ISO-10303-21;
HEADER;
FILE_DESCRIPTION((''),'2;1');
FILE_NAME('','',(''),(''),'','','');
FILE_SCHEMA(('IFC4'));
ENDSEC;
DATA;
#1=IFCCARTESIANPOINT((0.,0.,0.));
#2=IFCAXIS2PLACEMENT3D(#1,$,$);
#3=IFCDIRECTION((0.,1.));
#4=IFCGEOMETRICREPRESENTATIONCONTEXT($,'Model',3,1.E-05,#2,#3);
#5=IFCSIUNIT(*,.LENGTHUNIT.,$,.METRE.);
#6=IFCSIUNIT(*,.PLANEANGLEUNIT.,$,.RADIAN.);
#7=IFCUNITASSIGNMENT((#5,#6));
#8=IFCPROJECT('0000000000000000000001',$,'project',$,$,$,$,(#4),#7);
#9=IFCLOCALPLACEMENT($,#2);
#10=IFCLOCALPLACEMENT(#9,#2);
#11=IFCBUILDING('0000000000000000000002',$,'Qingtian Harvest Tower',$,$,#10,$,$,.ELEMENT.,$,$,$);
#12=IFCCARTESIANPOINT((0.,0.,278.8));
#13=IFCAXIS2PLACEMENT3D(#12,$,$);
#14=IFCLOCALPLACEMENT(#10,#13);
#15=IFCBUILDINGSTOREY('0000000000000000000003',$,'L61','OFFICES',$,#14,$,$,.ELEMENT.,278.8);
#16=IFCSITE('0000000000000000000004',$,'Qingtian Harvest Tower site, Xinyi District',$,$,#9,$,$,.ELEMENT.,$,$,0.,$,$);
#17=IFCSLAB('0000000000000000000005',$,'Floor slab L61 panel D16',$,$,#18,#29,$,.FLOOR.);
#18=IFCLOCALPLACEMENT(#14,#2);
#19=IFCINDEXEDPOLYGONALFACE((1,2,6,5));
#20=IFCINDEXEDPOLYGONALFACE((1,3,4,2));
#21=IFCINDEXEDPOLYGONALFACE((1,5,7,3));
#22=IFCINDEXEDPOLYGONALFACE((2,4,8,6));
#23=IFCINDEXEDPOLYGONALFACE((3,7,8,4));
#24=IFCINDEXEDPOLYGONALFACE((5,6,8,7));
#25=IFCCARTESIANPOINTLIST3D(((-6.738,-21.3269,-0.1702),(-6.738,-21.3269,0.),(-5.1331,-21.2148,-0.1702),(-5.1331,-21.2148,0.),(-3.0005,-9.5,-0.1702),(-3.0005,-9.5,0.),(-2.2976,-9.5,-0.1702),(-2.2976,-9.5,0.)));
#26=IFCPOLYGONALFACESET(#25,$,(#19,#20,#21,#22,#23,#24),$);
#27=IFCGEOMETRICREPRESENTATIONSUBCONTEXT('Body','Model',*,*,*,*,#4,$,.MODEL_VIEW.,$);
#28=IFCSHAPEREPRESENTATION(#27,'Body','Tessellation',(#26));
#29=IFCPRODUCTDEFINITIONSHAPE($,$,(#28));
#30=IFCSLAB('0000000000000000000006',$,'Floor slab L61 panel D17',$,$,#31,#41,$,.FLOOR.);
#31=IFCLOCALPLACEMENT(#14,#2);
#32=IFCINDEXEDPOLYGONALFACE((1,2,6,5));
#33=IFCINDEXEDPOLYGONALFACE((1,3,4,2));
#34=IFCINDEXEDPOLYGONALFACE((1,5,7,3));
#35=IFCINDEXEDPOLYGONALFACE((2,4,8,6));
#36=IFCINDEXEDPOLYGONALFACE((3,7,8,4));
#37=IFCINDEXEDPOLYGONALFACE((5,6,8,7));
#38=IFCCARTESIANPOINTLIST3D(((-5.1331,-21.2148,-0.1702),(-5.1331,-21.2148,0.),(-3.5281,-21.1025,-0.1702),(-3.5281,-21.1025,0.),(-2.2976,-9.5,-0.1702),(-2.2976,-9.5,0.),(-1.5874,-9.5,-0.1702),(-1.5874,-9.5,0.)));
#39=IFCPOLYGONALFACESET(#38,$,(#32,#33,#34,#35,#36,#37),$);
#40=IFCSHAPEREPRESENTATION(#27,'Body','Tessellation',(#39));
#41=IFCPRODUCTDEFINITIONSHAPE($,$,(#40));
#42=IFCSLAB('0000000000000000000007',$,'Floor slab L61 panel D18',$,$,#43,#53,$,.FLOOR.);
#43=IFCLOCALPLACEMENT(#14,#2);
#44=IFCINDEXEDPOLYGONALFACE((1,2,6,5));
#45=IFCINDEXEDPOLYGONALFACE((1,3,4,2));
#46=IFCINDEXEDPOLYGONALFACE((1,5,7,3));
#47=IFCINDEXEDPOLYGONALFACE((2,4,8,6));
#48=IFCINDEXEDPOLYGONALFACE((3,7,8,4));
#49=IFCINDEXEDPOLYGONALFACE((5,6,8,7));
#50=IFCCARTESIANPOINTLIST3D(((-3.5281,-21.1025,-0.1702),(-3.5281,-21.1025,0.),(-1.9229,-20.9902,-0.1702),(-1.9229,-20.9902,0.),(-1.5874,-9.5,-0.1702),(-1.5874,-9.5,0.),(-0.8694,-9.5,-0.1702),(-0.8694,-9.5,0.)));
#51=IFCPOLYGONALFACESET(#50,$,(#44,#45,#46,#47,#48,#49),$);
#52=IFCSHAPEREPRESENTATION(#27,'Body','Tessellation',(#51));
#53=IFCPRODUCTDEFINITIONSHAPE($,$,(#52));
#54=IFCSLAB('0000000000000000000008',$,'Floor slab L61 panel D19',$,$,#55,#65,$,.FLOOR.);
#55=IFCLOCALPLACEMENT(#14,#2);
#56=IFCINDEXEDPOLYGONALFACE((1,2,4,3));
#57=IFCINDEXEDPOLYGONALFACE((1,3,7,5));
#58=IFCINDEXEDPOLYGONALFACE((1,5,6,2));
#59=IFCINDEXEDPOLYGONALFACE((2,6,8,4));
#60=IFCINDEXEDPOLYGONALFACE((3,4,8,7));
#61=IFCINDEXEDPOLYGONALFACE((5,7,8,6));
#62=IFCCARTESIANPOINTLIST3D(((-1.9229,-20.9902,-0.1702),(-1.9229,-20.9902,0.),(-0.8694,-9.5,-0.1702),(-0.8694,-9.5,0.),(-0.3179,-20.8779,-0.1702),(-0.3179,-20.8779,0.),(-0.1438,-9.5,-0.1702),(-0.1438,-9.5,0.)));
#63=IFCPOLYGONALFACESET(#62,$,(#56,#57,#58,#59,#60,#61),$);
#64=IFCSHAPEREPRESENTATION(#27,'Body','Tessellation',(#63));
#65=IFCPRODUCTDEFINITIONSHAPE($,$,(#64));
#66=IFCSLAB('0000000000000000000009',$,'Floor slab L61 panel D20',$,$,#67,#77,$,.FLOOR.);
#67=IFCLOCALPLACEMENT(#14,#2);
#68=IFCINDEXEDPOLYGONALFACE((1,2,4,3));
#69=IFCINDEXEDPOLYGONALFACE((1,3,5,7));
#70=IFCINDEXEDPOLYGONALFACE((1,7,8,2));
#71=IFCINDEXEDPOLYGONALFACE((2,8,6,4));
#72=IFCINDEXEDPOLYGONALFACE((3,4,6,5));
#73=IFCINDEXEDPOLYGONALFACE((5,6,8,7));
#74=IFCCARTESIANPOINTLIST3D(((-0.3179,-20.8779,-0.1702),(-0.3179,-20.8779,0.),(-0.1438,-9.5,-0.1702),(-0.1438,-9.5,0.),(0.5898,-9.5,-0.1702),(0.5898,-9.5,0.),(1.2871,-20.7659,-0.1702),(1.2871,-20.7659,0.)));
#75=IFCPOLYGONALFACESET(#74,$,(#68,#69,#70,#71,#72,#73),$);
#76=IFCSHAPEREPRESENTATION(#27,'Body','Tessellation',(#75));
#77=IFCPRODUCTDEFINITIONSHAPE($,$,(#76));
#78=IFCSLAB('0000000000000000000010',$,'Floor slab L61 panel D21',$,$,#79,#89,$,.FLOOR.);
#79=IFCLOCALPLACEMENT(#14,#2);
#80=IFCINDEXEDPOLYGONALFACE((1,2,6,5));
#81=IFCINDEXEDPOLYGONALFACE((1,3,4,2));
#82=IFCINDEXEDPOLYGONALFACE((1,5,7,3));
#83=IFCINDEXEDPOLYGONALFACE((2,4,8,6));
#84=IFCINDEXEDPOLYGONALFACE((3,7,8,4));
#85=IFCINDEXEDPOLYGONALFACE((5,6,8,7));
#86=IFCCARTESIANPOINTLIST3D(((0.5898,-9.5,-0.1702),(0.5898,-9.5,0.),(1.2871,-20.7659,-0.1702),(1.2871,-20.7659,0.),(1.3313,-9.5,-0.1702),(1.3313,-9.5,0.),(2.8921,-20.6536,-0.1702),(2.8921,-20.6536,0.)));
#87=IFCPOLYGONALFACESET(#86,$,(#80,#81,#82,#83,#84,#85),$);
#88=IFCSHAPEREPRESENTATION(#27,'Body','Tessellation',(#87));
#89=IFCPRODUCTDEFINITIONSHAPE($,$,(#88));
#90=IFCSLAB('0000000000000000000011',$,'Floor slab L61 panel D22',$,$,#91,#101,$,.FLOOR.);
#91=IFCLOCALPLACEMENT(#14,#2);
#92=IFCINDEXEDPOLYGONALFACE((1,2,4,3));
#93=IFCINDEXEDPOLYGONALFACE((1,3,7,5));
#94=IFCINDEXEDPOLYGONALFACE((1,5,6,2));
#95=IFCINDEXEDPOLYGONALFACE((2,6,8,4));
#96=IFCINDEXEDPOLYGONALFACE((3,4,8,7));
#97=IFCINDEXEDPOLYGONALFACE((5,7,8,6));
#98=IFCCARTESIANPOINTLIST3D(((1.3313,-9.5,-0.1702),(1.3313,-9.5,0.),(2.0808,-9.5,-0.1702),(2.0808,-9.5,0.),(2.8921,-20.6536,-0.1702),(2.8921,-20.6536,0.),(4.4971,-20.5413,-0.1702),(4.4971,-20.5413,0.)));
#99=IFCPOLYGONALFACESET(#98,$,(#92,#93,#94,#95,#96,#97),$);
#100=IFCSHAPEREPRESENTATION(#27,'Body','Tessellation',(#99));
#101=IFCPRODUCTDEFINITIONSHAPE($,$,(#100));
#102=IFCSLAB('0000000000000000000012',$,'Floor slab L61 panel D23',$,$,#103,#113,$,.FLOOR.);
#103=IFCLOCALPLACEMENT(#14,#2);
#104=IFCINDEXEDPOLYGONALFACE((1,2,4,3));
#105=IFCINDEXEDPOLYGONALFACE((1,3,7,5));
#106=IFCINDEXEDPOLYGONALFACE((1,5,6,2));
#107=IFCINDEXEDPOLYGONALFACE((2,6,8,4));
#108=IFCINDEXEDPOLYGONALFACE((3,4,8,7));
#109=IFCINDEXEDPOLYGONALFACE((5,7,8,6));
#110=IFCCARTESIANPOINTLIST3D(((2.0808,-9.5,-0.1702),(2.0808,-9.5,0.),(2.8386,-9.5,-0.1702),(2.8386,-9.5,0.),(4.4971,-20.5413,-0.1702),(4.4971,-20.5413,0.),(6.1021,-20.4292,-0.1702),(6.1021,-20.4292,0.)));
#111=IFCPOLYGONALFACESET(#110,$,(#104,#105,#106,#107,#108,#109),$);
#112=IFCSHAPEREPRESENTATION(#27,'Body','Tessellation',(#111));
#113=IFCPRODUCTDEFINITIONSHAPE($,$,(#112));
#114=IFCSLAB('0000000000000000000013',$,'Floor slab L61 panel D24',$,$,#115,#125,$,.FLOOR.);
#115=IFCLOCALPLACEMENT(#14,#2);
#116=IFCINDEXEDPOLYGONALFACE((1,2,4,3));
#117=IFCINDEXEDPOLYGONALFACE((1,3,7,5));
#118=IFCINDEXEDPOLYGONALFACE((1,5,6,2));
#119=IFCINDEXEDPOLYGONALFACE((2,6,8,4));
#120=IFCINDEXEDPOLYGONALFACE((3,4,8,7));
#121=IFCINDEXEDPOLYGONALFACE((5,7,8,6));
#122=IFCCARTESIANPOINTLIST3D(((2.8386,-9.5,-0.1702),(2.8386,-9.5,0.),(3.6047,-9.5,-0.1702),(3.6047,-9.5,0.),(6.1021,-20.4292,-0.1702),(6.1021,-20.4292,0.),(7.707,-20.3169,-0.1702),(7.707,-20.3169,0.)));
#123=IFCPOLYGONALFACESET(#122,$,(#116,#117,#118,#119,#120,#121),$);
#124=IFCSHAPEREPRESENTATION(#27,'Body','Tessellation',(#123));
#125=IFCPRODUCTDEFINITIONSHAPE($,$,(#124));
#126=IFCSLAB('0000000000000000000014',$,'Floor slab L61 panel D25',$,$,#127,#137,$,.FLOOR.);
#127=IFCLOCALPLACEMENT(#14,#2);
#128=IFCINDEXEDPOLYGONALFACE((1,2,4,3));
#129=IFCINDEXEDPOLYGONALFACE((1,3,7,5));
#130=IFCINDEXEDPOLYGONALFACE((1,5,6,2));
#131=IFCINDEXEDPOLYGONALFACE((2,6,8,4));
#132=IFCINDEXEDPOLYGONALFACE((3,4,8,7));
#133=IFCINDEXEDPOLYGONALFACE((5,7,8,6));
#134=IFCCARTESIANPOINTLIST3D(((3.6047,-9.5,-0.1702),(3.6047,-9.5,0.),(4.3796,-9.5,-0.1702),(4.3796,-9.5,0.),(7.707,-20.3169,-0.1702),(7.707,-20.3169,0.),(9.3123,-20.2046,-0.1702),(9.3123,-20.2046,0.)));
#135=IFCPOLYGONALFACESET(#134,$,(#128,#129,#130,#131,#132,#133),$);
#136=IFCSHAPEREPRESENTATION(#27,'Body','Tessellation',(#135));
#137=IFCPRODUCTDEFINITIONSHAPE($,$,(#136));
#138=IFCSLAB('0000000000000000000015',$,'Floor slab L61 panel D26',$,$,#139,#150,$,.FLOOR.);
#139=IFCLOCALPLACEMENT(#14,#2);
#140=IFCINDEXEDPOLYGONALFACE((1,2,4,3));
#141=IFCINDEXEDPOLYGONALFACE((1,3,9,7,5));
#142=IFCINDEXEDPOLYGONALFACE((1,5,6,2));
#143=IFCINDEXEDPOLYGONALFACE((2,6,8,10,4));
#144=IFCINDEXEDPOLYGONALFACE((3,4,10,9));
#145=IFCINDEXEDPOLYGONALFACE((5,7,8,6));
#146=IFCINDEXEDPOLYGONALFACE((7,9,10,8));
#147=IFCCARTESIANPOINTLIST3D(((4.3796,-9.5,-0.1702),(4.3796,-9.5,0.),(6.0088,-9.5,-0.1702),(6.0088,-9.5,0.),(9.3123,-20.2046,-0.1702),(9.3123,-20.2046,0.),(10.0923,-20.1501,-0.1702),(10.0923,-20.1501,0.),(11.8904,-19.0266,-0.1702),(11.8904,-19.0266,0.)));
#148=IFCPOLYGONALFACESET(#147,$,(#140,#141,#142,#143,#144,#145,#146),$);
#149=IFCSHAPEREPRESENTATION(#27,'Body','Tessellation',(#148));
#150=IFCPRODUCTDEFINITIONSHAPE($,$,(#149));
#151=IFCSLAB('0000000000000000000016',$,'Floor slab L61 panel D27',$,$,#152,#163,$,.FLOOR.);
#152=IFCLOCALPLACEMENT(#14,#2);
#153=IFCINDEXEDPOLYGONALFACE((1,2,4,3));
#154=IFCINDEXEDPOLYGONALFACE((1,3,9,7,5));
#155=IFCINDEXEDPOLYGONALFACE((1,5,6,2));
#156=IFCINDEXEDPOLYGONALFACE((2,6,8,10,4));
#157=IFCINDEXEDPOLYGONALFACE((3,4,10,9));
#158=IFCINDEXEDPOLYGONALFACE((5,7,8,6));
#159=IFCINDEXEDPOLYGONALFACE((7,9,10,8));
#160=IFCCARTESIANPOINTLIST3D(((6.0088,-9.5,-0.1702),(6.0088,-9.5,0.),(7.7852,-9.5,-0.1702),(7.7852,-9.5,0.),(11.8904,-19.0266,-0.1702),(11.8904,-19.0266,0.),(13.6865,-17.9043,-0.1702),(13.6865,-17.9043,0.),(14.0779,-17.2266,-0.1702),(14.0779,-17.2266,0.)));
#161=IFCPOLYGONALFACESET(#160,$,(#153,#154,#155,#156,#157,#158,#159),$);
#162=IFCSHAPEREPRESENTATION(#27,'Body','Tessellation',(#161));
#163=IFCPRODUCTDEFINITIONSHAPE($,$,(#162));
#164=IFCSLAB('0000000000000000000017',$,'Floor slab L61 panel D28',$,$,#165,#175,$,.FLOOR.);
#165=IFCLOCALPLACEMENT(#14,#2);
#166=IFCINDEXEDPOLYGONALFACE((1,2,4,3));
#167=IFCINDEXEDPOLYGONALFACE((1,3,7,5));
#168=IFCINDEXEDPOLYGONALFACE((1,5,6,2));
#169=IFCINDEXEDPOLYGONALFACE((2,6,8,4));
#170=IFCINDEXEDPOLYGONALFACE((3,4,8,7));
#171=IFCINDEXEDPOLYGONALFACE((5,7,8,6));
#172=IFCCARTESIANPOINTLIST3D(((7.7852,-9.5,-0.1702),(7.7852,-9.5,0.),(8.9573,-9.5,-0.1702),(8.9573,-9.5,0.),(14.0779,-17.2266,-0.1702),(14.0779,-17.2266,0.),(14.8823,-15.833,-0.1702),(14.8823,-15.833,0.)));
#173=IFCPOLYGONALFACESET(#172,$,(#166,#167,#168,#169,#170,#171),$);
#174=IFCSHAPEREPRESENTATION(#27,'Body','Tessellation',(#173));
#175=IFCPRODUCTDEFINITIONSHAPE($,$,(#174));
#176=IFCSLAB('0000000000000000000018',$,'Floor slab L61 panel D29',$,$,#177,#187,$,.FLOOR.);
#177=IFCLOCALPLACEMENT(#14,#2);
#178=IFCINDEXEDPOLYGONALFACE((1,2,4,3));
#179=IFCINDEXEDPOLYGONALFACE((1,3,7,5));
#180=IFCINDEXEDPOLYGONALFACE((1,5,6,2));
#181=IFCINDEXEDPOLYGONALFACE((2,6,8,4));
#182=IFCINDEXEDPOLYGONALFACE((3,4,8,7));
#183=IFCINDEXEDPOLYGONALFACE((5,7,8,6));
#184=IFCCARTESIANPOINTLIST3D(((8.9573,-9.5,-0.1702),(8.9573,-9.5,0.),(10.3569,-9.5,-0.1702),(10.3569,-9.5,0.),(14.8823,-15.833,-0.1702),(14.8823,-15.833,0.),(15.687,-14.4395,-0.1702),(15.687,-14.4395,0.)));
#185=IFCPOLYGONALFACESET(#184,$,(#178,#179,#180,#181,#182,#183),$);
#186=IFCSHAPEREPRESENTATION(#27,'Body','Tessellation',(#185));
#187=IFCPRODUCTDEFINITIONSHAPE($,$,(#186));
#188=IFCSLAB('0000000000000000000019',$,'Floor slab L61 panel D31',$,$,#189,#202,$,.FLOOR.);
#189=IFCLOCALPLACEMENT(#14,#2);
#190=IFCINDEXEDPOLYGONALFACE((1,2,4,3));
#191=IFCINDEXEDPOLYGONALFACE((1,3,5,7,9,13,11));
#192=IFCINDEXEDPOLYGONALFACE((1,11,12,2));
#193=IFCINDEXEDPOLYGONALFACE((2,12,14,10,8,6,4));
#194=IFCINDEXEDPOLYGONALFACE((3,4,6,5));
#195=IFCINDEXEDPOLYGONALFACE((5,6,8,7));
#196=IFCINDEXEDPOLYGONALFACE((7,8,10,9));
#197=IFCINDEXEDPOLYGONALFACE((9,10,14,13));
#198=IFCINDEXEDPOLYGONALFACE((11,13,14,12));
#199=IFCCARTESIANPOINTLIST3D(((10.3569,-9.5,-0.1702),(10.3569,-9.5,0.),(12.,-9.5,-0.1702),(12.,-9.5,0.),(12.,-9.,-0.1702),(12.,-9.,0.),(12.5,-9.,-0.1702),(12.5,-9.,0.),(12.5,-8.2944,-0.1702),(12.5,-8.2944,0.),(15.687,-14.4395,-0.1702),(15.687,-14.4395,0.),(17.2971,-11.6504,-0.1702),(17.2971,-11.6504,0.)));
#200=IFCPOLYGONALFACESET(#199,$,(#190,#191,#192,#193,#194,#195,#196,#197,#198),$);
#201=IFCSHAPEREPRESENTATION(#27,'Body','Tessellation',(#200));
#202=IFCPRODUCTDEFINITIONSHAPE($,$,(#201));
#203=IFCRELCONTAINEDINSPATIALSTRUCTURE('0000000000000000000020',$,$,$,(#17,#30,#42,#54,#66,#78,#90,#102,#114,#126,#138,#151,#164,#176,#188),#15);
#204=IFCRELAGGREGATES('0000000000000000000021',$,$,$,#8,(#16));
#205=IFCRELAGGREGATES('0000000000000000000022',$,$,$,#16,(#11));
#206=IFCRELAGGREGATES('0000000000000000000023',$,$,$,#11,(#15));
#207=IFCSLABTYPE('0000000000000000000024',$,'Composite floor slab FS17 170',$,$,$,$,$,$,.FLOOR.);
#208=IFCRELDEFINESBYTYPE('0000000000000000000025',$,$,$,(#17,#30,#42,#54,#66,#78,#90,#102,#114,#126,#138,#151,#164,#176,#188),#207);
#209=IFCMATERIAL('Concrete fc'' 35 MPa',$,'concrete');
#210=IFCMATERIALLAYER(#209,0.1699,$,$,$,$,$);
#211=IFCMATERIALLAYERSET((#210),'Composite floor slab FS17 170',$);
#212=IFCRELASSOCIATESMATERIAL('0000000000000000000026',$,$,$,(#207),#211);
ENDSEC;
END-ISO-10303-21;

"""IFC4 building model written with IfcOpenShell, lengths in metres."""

from ifc_helpers import new_model, si_unit, direction, frame, origin, place, context, subcontext, project, spatial, polyline, outline, extrude, material, layer, layer_set, type_object, element, save


model = new_model("IFC4")

# Units and contexts
model_context = context("Model", 3, precision=1e-05, world=origin(), true_north=direction((0.0, 1.0)))
body_context = subcontext(model_context, "Body", "Model", "MODEL_VIEW")
ifc_project = project(units=[si_unit("LENGTHUNIT", "METRE"), si_unit("PLANEANGLEUNIT", "RADIAN")], contexts=[model_context])

# Site, building, storey
site_placement = place(None, origin())
site = spatial("IfcSite", under=ifc_project, at=site_placement, Name="Qingtian Harvest Tower site, Xinyi District", CompositionType="ELEMENT", RefElevation=0.0)
building_placement = place(site_placement, origin())
building = spatial("IfcBuilding", under=site, at=building_placement, Name="Qingtian Harvest Tower", CompositionType="ELEMENT")
storey_placement = place(building_placement, frame((0.0, 0.0, 278.8)))
storey = spatial("IfcBuildingStorey", under=building, at=storey_placement, Name="L61", Description="OFFICES", CompositionType="ELEMENT", Elevation=278.8)

# Slabs
ifc_material_1 = material(Name="Concrete fc' 35 MPa", Category="concrete")
ifc_layer_1 = layer(ifc_material_1, 0.1699)
ifc_layer_set_1 = layer_set([ifc_layer_1], Name="Composite floor slab FS17 170")
slab_type = type_object("IfcSlabType", Name="Composite floor slab FS17 170", PredefinedType="FLOOR", material=ifc_layer_set_1)
slab_1_placement = place(storey_placement, frame((0.0, 0.0, -0.1702)))
element("IfcSlab", 1, at=slab_1_placement, inside=storey, type_object=slab_type, Name="Floor slab L61 panel D16", PredefinedType="FLOOR", context=body_context, shape_type="SweptSolid", body=[
    extrude(outline(polyline([(-2.2976, -9.5), (-5.1331, -21.2148), (-6.738, -21.3269), (-3.0005, -9.5), (-2.2976, -9.5)])), origin(), (0.0, 0.0, 1.0), 0.1702),
])
slab_2_placement = place(storey_placement, frame((0.0, 0.0, -0.1702)))
element("IfcSlab", 2, at=slab_2_placement, inside=storey, type_object=slab_type, Name="Floor slab L61 panel D17", PredefinedType="FLOOR", context=body_context, shape_type="SweptSolid", body=[
    extrude(outline(polyline([(-1.5874, -9.5), (-3.5281, -21.1025), (-5.1331, -21.2148), (-2.2976, -9.5), (-1.5874, -9.5)])), origin(), (0.0, 0.0, 1.0), 0.1702),
])
slab_3_placement = place(storey_placement, frame((0.0, 0.0, -0.1702)))
element("IfcSlab", 3, at=slab_3_placement, inside=storey, type_object=slab_type, Name="Floor slab L61 panel D18", PredefinedType="FLOOR", context=body_context, shape_type="SweptSolid", body=[
    extrude(outline(polyline([(-0.8694, -9.5), (-1.9229, -20.9902), (-3.5281, -21.1025), (-1.5874, -9.5), (-0.8694, -9.5)])), origin(), (0.0, 0.0, 1.0), 0.1702),
])
slab_4_placement = place(storey_placement, frame((0.0, 0.0, -0.1702)))
element("IfcSlab", 4, at=slab_4_placement, inside=storey, type_object=slab_type, Name="Floor slab L61 panel D19", PredefinedType="FLOOR", context=body_context, shape_type="SweptSolid", body=[
    extrude(outline(polyline([(-0.1438, -9.5), (-0.3179, -20.8779), (-1.9229, -20.9902), (-0.8694, -9.5), (-0.1438, -9.5)])), origin(), (0.0, 0.0, 1.0), 0.1702),
])
slab_5_placement = place(storey_placement, frame((0.0, 0.0, -0.1702)))
element("IfcSlab", 5, at=slab_5_placement, inside=storey, type_object=slab_type, Name="Floor slab L61 panel D20", PredefinedType="FLOOR", context=body_context, shape_type="SweptSolid", body=[
    extrude(outline(polyline([(0.5898, -9.5), (1.2871, -20.7659), (-0.3179, -20.8779), (-0.1438, -9.5), (0.5898, -9.5)])), origin(), (0.0, 0.0, 1.0), 0.1702),
])
slab_6_placement = place(storey_placement, frame((0.0, 0.0, -0.1702)))
element("IfcSlab", 6, at=slab_6_placement, inside=storey, type_object=slab_type, Name="Floor slab L61 panel D21", PredefinedType="FLOOR", context=body_context, shape_type="SweptSolid", body=[
    extrude(outline(polyline([(1.3313, -9.5), (2.8921, -20.6536), (1.2871, -20.7659), (0.5898, -9.5), (1.3313, -9.5)])), origin(), (0.0, 0.0, 1.0), 0.1702),
])
slab_7_placement = place(storey_placement, frame((0.0, 0.0, -0.1702)))
element("IfcSlab", 7, at=slab_7_placement, inside=storey, type_object=slab_type, Name="Floor slab L61 panel D22", PredefinedType="FLOOR", context=body_context, shape_type="SweptSolid", body=[
    extrude(outline(polyline([(2.0808, -9.5), (4.4971, -20.5413), (2.8921, -20.6536), (1.3313, -9.5), (2.0808, -9.5)])), origin(), (0.0, 0.0, 1.0), 0.1702),
])
slab_8_placement = place(storey_placement, frame((0.0, 0.0, -0.1702)))
element("IfcSlab", 8, at=slab_8_placement, inside=storey, type_object=slab_type, Name="Floor slab L61 panel D23", PredefinedType="FLOOR", context=body_context, shape_type="SweptSolid", body=[
    extrude(outline(polyline([(2.8386, -9.5), (6.1021, -20.4292), (4.4971, -20.5413), (2.0808, -9.5), (2.8386, -9.5)])), origin(), (0.0, 0.0, 1.0), 0.1702),
])
slab_9_placement = place(storey_placement, frame((0.0, 0.0, -0.1702)))
element("IfcSlab", 9, at=slab_9_placement, inside=storey, type_object=slab_type, Name="Floor slab L61 panel D24", PredefinedType="FLOOR", context=body_context, shape_type="SweptSolid", body=[
    extrude(outline(polyline([(3.6047, -9.5), (7.707, -20.3169), (6.1021, -20.4292), (2.8386, -9.5), (3.6047, -9.5)])), origin(), (0.0, 0.0, 1.0), 0.1702),
])
slab_10_placement = place(storey_placement, frame((0.0, 0.0, -0.1702)))
element("IfcSlab", 10, at=slab_10_placement, inside=storey, type_object=slab_type, Name="Floor slab L61 panel D25", PredefinedType="FLOOR", context=body_context, shape_type="SweptSolid", body=[
    extrude(outline(polyline([(4.3796, -9.5), (9.3123, -20.2046), (7.707, -20.3169), (3.6047, -9.5), (4.3796, -9.5)])), origin(), (0.0, 0.0, 1.0), 0.1702),
])
slab_11_placement = place(storey_placement, frame((0.0, 0.0, -0.1702)))
element("IfcSlab", 11, at=slab_11_placement, inside=storey, type_object=slab_type, Name="Floor slab L61 panel D26", PredefinedType="FLOOR", context=body_context, shape_type="SweptSolid", body=[
    extrude(outline(polyline([(4.3796, -9.5), (6.0088, -9.5), (11.8904, -19.0266), (10.0923, -20.1501), (9.3123, -20.2046), (4.3796, -9.5)])), origin(), (0.0, 0.0, 1.0), 0.1702),
])
slab_12_placement = place(storey_placement, frame((0.0, 0.0, -0.1702)))
element("IfcSlab", 12, at=slab_12_placement, inside=storey, type_object=slab_type, Name="Floor slab L61 panel D27", PredefinedType="FLOOR", context=body_context, shape_type="SweptSolid", body=[
    extrude(outline(polyline([(6.0088, -9.5), (7.7852, -9.5), (14.0779, -17.2266), (13.6865, -17.9043), (11.8904, -19.0266), (6.0088, -9.5)])), origin(), (0.0, 0.0, 1.0), 0.1702),
])
slab_13_placement = place(storey_placement, frame((0.0, 0.0, -0.1702)))
element("IfcSlab", 13, at=slab_13_placement, inside=storey, type_object=slab_type, Name="Floor slab L61 panel D28", PredefinedType="FLOOR", context=body_context, shape_type="SweptSolid", body=[
    extrude(outline(polyline([(8.9573, -9.5), (14.8823, -15.833), (14.0779, -17.2266), (7.7852, -9.5), (8.9573, -9.5)])), origin(), (0.0, 0.0, 1.0), 0.1702),
])
slab_14_placement = place(storey_placement, frame((0.0, 0.0, -0.1702)))
element("IfcSlab", 14, at=slab_14_placement, inside=storey, type_object=slab_type, Name="Floor slab L61 panel D29", PredefinedType="FLOOR", context=body_context, shape_type="SweptSolid", body=[
    extrude(outline(polyline([(10.3569, -9.5), (15.687, -14.4395), (14.8823, -15.833), (8.9573, -9.5), (10.3569, -9.5)])), origin(), (0.0, 0.0, 1.0), 0.1702),
])
slab_15_placement = place(storey_placement, frame((0.0, 0.0, -0.1702)))
element("IfcSlab", 15, at=slab_15_placement, inside=storey, type_object=slab_type, Name="Floor slab L61 panel D31", PredefinedType="FLOOR", context=body_context, shape_type="SweptSolid", body=[
    extrude(outline(polyline([(12.5, -8.2944), (17.2971, -11.6504), (15.687, -14.4395), (10.3569, -9.5), (12.0, -9.5), (12.0, -9.0), (12.5, -9.0), (12.5, -8.2944)])), origin(), (0.0, 0.0, 1.0), 0.1702),
])

save(model, "model.ifc")
